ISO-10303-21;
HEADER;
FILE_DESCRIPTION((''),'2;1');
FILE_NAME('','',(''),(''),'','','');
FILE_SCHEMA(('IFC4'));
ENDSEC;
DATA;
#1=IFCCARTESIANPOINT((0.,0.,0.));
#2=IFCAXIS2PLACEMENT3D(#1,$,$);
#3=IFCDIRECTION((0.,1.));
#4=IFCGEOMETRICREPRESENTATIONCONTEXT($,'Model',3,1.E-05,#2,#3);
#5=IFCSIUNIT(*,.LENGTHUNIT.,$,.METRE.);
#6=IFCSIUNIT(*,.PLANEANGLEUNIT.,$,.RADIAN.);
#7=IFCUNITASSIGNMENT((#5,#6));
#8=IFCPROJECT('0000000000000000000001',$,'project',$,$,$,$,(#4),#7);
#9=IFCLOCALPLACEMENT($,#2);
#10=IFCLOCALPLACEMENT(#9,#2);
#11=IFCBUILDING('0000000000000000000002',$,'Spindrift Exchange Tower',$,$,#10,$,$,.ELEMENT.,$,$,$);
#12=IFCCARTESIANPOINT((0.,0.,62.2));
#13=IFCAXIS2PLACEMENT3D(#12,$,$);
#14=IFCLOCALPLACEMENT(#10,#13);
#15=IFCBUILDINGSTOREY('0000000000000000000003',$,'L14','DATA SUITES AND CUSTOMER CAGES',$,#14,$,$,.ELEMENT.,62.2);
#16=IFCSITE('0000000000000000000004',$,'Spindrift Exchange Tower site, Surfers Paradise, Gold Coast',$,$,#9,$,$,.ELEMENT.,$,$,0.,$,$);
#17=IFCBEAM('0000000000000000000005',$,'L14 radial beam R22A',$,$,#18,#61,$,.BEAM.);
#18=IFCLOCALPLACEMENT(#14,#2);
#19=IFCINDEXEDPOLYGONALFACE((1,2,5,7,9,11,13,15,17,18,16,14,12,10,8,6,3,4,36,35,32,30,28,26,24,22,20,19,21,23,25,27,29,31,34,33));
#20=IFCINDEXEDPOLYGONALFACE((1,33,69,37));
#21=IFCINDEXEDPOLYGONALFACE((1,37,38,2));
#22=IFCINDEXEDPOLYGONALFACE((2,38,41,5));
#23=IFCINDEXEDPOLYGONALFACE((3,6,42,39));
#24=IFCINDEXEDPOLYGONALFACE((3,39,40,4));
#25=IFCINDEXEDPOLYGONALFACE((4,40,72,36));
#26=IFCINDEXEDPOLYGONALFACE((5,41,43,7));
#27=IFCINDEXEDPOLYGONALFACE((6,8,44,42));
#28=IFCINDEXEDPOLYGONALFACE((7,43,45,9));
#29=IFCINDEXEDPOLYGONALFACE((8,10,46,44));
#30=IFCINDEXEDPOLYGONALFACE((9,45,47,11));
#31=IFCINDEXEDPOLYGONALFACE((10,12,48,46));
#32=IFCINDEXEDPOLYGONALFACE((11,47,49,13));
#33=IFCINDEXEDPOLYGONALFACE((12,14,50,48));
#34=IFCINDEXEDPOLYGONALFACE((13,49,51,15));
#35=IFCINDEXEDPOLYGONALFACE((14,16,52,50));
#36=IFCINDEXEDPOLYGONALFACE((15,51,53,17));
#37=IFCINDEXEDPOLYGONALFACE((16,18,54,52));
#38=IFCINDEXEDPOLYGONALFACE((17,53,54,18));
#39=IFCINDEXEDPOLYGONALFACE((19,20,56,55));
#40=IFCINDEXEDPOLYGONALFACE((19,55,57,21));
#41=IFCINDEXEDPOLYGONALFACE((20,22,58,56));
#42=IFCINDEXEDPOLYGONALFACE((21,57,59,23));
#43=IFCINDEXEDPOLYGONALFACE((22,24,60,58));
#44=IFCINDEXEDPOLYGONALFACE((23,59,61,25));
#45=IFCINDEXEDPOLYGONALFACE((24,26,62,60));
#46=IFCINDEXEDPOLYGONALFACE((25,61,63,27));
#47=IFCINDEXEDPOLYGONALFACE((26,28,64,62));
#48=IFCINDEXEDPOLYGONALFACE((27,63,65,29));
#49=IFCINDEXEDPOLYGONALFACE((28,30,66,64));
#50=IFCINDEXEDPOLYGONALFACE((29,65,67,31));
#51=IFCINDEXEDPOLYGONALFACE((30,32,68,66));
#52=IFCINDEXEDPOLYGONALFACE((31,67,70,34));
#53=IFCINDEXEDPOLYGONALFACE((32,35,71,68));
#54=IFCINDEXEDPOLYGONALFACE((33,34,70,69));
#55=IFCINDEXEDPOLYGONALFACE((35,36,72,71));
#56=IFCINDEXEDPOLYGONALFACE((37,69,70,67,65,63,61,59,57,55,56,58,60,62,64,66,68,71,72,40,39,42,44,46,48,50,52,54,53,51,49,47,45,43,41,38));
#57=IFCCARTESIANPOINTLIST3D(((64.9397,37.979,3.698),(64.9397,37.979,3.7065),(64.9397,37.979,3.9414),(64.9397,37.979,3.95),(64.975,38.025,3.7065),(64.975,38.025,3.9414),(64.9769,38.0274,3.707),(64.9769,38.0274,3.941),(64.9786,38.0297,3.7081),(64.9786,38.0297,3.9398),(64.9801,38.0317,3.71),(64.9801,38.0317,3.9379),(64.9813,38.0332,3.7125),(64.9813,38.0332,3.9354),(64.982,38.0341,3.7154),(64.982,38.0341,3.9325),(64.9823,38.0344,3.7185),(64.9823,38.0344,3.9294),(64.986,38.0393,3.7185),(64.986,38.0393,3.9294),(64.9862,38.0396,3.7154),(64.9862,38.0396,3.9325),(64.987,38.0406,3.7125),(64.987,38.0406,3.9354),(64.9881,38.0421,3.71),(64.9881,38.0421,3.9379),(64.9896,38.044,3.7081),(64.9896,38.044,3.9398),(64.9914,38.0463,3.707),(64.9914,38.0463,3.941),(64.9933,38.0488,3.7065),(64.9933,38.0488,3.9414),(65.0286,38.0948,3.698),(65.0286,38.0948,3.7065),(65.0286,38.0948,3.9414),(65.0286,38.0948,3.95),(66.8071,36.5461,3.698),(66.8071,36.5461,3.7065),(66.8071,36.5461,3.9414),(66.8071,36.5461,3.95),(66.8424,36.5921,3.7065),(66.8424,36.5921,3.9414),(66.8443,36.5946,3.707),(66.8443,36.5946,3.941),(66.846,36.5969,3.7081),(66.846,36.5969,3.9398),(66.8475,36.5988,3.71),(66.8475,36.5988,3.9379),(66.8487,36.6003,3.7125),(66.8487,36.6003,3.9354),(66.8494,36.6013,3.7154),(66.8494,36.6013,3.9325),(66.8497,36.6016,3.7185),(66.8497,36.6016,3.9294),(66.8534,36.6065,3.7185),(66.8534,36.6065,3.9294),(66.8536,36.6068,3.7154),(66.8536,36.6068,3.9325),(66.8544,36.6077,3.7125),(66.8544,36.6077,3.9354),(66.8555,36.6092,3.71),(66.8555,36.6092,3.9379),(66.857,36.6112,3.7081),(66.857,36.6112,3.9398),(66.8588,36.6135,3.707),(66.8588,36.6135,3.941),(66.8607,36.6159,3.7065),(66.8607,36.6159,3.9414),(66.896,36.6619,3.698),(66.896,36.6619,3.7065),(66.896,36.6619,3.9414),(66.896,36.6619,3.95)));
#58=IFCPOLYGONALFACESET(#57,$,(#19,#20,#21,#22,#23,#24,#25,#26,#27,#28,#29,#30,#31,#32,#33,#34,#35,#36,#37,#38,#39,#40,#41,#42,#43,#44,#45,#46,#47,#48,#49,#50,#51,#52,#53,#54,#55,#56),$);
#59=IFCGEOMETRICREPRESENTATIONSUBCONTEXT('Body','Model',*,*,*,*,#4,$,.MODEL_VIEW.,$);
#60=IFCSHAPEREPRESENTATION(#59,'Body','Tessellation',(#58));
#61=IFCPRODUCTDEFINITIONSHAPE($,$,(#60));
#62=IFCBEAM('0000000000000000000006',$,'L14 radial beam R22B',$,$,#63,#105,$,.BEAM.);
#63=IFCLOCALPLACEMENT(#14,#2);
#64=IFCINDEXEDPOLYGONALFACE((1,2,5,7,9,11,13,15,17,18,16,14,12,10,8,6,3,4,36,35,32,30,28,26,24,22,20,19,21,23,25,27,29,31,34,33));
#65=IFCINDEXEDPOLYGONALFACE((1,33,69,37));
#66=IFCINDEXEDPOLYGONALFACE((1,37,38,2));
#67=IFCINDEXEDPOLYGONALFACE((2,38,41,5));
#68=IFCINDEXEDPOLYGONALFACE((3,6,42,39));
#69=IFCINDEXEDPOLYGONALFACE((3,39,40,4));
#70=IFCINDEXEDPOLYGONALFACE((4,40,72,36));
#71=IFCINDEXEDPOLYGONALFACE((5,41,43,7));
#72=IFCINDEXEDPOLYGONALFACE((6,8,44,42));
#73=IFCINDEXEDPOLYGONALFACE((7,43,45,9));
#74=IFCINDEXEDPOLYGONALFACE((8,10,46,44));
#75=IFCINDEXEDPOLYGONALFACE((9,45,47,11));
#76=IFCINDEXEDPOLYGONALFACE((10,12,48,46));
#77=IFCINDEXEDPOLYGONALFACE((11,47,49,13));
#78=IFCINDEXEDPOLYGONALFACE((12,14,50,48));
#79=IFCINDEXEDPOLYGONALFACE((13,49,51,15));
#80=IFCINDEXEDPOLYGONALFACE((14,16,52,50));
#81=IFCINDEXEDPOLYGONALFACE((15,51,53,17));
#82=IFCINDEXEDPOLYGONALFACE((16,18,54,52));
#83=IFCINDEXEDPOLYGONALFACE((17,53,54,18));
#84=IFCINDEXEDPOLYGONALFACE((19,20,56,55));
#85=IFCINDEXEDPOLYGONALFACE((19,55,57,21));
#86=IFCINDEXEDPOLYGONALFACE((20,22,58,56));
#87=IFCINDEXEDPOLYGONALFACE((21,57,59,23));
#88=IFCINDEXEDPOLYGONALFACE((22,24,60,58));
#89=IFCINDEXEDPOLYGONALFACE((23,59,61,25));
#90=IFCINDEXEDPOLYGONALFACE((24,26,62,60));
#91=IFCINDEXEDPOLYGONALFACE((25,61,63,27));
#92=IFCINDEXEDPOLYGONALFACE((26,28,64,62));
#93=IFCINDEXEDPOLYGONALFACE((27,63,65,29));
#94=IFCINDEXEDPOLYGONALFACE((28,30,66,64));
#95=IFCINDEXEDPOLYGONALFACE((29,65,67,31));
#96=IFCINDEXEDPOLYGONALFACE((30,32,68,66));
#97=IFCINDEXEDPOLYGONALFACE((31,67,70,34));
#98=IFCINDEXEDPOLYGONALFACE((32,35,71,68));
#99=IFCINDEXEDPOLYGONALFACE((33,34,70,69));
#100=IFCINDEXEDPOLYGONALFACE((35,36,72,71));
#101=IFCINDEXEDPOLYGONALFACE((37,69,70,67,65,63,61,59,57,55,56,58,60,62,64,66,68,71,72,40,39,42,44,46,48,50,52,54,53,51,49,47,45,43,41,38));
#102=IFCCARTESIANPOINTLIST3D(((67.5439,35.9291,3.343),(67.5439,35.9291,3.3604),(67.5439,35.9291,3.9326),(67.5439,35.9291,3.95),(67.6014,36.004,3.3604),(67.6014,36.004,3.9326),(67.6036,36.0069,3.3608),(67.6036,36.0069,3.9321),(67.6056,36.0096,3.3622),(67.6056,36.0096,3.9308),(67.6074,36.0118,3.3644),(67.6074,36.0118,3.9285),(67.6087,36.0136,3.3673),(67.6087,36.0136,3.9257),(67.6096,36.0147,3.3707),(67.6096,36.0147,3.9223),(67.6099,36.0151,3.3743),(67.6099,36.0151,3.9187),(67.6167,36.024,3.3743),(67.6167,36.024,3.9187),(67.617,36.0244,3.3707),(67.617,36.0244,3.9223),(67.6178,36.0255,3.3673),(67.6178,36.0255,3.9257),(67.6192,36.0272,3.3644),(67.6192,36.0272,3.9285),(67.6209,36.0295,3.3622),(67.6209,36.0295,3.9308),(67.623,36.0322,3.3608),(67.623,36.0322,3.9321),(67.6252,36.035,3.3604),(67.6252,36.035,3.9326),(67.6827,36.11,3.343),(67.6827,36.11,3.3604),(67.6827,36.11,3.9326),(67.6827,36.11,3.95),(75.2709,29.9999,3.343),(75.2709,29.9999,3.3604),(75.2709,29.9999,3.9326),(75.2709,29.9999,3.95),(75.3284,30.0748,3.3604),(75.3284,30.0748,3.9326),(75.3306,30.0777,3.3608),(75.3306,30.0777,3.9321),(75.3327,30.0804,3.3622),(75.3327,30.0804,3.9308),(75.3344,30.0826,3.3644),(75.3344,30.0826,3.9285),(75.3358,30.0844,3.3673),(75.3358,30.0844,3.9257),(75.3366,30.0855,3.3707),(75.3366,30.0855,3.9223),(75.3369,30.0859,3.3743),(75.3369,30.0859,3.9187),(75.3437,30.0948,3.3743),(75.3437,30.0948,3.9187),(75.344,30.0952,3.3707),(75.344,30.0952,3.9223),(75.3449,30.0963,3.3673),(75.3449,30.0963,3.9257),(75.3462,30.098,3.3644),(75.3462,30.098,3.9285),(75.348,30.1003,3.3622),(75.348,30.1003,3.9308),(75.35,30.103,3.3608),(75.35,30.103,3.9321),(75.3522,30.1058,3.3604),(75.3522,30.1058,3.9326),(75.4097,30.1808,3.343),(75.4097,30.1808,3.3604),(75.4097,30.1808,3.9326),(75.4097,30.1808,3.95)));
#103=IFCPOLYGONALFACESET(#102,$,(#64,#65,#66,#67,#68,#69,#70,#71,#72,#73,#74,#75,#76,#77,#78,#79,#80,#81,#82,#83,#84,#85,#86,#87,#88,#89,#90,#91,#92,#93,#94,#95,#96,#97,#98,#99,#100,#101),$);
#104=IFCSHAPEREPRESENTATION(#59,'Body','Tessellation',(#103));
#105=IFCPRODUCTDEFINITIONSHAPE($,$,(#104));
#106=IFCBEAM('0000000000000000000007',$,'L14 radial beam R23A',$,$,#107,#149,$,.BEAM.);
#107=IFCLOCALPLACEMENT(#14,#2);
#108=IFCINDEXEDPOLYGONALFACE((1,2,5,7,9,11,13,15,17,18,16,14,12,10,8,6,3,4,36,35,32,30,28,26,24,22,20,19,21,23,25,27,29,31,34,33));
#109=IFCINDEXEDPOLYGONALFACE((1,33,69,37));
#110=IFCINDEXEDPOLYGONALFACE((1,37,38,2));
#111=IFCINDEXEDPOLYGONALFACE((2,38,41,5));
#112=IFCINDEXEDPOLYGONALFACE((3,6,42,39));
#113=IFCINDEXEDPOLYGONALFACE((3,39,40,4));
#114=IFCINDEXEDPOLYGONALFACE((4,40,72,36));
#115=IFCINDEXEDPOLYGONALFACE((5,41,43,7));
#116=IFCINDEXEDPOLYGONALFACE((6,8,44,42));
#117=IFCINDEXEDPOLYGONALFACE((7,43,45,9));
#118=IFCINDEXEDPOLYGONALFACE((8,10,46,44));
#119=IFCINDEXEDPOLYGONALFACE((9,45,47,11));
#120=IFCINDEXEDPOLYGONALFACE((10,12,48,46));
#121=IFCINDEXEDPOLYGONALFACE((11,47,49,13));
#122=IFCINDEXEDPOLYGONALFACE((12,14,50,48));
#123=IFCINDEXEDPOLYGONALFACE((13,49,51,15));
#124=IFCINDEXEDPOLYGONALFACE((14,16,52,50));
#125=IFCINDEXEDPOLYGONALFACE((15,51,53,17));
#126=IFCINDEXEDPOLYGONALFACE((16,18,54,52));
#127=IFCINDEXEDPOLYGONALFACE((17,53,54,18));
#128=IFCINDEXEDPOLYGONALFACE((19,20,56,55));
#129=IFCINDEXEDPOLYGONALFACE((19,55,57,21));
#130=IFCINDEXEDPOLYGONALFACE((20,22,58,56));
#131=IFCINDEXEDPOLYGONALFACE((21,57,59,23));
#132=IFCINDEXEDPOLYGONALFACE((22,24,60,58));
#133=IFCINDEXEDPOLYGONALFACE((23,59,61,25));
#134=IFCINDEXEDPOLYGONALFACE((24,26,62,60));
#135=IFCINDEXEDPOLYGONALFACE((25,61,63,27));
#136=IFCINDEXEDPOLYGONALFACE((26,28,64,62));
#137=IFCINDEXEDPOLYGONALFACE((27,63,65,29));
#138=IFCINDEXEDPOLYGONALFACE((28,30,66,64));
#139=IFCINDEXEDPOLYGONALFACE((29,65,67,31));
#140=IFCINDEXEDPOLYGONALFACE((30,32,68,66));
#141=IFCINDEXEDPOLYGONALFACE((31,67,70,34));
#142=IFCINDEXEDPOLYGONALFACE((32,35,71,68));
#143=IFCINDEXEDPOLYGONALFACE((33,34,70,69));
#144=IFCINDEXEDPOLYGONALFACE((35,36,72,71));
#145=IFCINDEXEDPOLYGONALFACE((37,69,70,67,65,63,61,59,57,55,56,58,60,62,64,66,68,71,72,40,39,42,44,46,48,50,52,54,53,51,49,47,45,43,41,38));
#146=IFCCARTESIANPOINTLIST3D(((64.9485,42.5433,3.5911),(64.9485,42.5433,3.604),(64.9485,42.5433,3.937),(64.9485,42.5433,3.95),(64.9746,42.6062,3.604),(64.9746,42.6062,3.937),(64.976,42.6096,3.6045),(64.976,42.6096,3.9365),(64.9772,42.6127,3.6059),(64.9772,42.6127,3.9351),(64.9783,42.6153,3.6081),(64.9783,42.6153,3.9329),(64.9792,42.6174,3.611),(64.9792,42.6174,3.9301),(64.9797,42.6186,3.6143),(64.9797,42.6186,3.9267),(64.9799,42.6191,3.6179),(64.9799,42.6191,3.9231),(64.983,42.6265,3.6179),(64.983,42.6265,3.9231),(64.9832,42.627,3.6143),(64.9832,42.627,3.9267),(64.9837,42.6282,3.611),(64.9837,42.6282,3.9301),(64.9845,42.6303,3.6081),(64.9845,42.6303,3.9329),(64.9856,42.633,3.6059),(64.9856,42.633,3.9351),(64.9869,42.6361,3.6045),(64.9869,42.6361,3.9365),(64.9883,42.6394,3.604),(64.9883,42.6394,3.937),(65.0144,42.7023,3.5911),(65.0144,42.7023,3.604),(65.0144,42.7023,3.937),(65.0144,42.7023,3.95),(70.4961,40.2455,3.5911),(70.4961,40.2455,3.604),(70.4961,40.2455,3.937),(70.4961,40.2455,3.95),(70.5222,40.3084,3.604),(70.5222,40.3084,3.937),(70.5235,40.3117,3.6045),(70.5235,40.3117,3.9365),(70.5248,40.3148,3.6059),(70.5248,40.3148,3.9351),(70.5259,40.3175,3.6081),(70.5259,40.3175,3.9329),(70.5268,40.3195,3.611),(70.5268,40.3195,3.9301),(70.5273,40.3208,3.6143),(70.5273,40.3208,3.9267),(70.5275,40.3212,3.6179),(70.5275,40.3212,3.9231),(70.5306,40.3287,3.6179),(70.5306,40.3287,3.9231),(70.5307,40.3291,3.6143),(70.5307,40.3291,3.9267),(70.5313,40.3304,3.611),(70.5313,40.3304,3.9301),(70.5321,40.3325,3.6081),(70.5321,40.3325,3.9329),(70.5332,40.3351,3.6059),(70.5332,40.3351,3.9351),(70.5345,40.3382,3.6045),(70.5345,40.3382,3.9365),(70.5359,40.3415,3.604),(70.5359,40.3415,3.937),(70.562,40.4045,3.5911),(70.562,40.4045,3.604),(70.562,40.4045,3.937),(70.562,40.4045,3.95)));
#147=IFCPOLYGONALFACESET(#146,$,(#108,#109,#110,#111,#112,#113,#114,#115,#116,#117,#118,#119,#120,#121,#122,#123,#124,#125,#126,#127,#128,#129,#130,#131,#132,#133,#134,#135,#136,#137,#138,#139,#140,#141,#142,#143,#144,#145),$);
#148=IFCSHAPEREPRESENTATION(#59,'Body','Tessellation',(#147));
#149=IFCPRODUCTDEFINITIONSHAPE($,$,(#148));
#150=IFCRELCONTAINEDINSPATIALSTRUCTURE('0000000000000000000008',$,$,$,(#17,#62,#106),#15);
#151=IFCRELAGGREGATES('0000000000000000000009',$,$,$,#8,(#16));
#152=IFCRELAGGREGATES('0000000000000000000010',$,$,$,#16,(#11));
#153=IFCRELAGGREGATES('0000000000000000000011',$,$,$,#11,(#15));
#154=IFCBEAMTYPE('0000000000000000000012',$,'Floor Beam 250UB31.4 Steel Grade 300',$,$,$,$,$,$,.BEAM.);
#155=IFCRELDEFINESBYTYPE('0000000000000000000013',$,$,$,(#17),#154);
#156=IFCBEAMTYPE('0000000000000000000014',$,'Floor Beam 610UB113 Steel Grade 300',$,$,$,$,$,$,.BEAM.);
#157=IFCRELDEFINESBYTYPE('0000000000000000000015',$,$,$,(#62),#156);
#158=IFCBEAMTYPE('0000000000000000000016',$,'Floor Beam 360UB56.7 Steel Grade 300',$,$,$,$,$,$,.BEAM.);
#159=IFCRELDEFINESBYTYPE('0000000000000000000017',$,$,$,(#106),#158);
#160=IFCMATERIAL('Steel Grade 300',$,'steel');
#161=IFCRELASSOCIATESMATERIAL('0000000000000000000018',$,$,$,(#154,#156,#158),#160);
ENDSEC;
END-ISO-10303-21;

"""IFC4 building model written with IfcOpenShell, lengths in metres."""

from ifc_helpers import new_model, si_unit, direction, frame, origin, origin_2d, place, context, subcontext, project, spatial, i_section, extrude, source, transform, mapped, material, material_profile, profile_set, type_object, element, save


model = new_model("IFC4")

# Units and contexts
model_context = context("Model", 3, precision=1e-05, world=origin(), true_north=direction((0.0, 1.0)))
body_context = subcontext(model_context, "Body", "Model", "MODEL_VIEW")
ifc_project = project(units=[si_unit("LENGTHUNIT", "METRE"), si_unit("PLANEANGLEUNIT", "RADIAN")], contexts=[model_context])

# Site, building, storey
site_placement = place(None, origin())
site = spatial("IfcSite", under=ifc_project, at=site_placement, Name="Spindrift Exchange Tower site, Surfers Paradise, Gold Coast", CompositionType="ELEMENT", RefElevation=0.0)
building_placement = place(site_placement, origin())
building = spatial("IfcBuilding", under=site, at=building_placement, Name="Spindrift Exchange Tower", CompositionType="ELEMENT")
storey_placement = place(building_placement, frame((0.0, 0.0, 62.2)))
storey = spatial("IfcBuildingStorey", under=building, at=storey_placement, Name="L14", Description="DATA SUITES AND CUSTOMER CAGES", CompositionType="ELEMENT", Elevation=62.2)

# Beams
ifc_material_1 = material(Name="Steel Grade 300", Category="steel")
ifc_material_profile_1 = material_profile(ifc_material_1, i_section(OverallWidth=0.146, OverallDepth=0.252, WebThickness=0.0061, FlangeThickness=0.0085, FilletRadius=0.012, at=origin_2d()), Name="250UB31.4")
ifc_profile_set_1 = profile_set([ifc_material_profile_1], Name="Steel Grade 300")
beam_type_1 = type_object("IfcBeamType", Name="Floor Beam 250UB31.4 Steel Grade 300", PredefinedType="BEAM", material=ifc_profile_set_1)
shared_shape_1 = source(origin(), body_context, "Body", "SweptSolid", [
    extrude(i_section(OverallWidth=0.146, OverallDepth=0.252, WebThickness=0.0061, FlangeThickness=0.0085, FilletRadius=0.012, at=origin_2d()), origin(), (0.0, 0.0, 1.0), 2.3538),
])
beam_1_placement = place(storey_placement, frame((64.9841, 38.0369, 3.824), z_axis=(0.793368, -0.608743, 0.0), x_axis=(0.608743, 0.793368, 0.0)))
element("IfcBeam", 1, at=beam_1_placement, inside=storey, type_object=beam_type_1, Name="L14 radial beam R22A", PredefinedType="BEAM", context=body_context, shape_type="MappedRepresentation", body=[
    mapped(shared_shape_1, transform((0.0, 0.0, 0.0), scale=1.0)),
])
ifc_material_profile_2 = material_profile(ifc_material_1, i_section(OverallWidth=0.228, OverallDepth=0.6069, WebThickness=0.0112, FlangeThickness=0.0173, FilletRadius=0.0139, at=origin_2d()), Name="610UB113")
ifc_profile_set_2 = profile_set([ifc_material_profile_2], Name="Steel Grade 300")
beam_type_2 = type_object("IfcBeamType", Name="Floor Beam 610UB113 Steel Grade 300", PredefinedType="BEAM", material=ifc_profile_set_2)
shared_shape_2 = source(origin(), body_context, "Body", "SweptSolid", [
    extrude(i_section(OverallWidth=0.228, OverallDepth=0.6069, WebThickness=0.0112, FlangeThickness=0.0173, FilletRadius=0.0139, at=origin_2d()), origin(), (0.0, 0.0, 1.0), 9.7397),
])
beam_2_placement = place(storey_placement, frame((67.6133, 36.0195, 3.6465), z_axis=(0.793352, -0.608763, 0.0), x_axis=(0.608763, 0.793352, 0.0)))
element("IfcBeam", 2, at=beam_2_placement, inside=storey, type_object=beam_type_2, Name="L14 radial beam R22B", PredefinedType="BEAM", context=body_context, shape_type="MappedRepresentation", body=[
    mapped(shared_shape_2, transform((0.0, 0.0, 0.0), scale=1.0)),
])
ifc_material_profile_3 = material_profile(ifc_material_1, i_section(OverallWidth=0.1721, OverallDepth=0.3589, WebThickness=0.0081, FlangeThickness=0.0129, FilletRadius=0.0139, at=origin_2d()), Name="360UB56.7")
ifc_profile_set_3 = profile_set([ifc_material_profile_3], Name="Steel Grade 300")
beam_type_3 = type_object("IfcBeamType", Name="Floor Beam 360UB56.7 Steel Grade 300", PredefinedType="BEAM", material=ifc_profile_set_3)
shared_shape_3 = source(origin(), body_context, "Body", "SweptSolid", [
    extrude(i_section(OverallWidth=0.1721, OverallDepth=0.3589, WebThickness=0.0081, FlangeThickness=0.0129, FilletRadius=0.0139, at=origin_2d()), origin(), (0.0, 0.0, 1.0), 6.0046),
])
beam_3_placement = place(storey_placement, frame((64.9814, 42.6228, 3.7705), z_axis=(0.923882, -0.382677, 0.0), x_axis=(0.382677, 0.923882, 0.0)))
element("IfcBeam", 3, at=beam_3_placement, inside=storey, type_object=beam_type_3, Name="L14 radial beam R23A", PredefinedType="BEAM", context=body_context, shape_type="MappedRepresentation", body=[
    mapped(shared_shape_3, transform((0.0, 0.0, 0.0), scale=1.0)),
])

save(model, "model.ifc")
